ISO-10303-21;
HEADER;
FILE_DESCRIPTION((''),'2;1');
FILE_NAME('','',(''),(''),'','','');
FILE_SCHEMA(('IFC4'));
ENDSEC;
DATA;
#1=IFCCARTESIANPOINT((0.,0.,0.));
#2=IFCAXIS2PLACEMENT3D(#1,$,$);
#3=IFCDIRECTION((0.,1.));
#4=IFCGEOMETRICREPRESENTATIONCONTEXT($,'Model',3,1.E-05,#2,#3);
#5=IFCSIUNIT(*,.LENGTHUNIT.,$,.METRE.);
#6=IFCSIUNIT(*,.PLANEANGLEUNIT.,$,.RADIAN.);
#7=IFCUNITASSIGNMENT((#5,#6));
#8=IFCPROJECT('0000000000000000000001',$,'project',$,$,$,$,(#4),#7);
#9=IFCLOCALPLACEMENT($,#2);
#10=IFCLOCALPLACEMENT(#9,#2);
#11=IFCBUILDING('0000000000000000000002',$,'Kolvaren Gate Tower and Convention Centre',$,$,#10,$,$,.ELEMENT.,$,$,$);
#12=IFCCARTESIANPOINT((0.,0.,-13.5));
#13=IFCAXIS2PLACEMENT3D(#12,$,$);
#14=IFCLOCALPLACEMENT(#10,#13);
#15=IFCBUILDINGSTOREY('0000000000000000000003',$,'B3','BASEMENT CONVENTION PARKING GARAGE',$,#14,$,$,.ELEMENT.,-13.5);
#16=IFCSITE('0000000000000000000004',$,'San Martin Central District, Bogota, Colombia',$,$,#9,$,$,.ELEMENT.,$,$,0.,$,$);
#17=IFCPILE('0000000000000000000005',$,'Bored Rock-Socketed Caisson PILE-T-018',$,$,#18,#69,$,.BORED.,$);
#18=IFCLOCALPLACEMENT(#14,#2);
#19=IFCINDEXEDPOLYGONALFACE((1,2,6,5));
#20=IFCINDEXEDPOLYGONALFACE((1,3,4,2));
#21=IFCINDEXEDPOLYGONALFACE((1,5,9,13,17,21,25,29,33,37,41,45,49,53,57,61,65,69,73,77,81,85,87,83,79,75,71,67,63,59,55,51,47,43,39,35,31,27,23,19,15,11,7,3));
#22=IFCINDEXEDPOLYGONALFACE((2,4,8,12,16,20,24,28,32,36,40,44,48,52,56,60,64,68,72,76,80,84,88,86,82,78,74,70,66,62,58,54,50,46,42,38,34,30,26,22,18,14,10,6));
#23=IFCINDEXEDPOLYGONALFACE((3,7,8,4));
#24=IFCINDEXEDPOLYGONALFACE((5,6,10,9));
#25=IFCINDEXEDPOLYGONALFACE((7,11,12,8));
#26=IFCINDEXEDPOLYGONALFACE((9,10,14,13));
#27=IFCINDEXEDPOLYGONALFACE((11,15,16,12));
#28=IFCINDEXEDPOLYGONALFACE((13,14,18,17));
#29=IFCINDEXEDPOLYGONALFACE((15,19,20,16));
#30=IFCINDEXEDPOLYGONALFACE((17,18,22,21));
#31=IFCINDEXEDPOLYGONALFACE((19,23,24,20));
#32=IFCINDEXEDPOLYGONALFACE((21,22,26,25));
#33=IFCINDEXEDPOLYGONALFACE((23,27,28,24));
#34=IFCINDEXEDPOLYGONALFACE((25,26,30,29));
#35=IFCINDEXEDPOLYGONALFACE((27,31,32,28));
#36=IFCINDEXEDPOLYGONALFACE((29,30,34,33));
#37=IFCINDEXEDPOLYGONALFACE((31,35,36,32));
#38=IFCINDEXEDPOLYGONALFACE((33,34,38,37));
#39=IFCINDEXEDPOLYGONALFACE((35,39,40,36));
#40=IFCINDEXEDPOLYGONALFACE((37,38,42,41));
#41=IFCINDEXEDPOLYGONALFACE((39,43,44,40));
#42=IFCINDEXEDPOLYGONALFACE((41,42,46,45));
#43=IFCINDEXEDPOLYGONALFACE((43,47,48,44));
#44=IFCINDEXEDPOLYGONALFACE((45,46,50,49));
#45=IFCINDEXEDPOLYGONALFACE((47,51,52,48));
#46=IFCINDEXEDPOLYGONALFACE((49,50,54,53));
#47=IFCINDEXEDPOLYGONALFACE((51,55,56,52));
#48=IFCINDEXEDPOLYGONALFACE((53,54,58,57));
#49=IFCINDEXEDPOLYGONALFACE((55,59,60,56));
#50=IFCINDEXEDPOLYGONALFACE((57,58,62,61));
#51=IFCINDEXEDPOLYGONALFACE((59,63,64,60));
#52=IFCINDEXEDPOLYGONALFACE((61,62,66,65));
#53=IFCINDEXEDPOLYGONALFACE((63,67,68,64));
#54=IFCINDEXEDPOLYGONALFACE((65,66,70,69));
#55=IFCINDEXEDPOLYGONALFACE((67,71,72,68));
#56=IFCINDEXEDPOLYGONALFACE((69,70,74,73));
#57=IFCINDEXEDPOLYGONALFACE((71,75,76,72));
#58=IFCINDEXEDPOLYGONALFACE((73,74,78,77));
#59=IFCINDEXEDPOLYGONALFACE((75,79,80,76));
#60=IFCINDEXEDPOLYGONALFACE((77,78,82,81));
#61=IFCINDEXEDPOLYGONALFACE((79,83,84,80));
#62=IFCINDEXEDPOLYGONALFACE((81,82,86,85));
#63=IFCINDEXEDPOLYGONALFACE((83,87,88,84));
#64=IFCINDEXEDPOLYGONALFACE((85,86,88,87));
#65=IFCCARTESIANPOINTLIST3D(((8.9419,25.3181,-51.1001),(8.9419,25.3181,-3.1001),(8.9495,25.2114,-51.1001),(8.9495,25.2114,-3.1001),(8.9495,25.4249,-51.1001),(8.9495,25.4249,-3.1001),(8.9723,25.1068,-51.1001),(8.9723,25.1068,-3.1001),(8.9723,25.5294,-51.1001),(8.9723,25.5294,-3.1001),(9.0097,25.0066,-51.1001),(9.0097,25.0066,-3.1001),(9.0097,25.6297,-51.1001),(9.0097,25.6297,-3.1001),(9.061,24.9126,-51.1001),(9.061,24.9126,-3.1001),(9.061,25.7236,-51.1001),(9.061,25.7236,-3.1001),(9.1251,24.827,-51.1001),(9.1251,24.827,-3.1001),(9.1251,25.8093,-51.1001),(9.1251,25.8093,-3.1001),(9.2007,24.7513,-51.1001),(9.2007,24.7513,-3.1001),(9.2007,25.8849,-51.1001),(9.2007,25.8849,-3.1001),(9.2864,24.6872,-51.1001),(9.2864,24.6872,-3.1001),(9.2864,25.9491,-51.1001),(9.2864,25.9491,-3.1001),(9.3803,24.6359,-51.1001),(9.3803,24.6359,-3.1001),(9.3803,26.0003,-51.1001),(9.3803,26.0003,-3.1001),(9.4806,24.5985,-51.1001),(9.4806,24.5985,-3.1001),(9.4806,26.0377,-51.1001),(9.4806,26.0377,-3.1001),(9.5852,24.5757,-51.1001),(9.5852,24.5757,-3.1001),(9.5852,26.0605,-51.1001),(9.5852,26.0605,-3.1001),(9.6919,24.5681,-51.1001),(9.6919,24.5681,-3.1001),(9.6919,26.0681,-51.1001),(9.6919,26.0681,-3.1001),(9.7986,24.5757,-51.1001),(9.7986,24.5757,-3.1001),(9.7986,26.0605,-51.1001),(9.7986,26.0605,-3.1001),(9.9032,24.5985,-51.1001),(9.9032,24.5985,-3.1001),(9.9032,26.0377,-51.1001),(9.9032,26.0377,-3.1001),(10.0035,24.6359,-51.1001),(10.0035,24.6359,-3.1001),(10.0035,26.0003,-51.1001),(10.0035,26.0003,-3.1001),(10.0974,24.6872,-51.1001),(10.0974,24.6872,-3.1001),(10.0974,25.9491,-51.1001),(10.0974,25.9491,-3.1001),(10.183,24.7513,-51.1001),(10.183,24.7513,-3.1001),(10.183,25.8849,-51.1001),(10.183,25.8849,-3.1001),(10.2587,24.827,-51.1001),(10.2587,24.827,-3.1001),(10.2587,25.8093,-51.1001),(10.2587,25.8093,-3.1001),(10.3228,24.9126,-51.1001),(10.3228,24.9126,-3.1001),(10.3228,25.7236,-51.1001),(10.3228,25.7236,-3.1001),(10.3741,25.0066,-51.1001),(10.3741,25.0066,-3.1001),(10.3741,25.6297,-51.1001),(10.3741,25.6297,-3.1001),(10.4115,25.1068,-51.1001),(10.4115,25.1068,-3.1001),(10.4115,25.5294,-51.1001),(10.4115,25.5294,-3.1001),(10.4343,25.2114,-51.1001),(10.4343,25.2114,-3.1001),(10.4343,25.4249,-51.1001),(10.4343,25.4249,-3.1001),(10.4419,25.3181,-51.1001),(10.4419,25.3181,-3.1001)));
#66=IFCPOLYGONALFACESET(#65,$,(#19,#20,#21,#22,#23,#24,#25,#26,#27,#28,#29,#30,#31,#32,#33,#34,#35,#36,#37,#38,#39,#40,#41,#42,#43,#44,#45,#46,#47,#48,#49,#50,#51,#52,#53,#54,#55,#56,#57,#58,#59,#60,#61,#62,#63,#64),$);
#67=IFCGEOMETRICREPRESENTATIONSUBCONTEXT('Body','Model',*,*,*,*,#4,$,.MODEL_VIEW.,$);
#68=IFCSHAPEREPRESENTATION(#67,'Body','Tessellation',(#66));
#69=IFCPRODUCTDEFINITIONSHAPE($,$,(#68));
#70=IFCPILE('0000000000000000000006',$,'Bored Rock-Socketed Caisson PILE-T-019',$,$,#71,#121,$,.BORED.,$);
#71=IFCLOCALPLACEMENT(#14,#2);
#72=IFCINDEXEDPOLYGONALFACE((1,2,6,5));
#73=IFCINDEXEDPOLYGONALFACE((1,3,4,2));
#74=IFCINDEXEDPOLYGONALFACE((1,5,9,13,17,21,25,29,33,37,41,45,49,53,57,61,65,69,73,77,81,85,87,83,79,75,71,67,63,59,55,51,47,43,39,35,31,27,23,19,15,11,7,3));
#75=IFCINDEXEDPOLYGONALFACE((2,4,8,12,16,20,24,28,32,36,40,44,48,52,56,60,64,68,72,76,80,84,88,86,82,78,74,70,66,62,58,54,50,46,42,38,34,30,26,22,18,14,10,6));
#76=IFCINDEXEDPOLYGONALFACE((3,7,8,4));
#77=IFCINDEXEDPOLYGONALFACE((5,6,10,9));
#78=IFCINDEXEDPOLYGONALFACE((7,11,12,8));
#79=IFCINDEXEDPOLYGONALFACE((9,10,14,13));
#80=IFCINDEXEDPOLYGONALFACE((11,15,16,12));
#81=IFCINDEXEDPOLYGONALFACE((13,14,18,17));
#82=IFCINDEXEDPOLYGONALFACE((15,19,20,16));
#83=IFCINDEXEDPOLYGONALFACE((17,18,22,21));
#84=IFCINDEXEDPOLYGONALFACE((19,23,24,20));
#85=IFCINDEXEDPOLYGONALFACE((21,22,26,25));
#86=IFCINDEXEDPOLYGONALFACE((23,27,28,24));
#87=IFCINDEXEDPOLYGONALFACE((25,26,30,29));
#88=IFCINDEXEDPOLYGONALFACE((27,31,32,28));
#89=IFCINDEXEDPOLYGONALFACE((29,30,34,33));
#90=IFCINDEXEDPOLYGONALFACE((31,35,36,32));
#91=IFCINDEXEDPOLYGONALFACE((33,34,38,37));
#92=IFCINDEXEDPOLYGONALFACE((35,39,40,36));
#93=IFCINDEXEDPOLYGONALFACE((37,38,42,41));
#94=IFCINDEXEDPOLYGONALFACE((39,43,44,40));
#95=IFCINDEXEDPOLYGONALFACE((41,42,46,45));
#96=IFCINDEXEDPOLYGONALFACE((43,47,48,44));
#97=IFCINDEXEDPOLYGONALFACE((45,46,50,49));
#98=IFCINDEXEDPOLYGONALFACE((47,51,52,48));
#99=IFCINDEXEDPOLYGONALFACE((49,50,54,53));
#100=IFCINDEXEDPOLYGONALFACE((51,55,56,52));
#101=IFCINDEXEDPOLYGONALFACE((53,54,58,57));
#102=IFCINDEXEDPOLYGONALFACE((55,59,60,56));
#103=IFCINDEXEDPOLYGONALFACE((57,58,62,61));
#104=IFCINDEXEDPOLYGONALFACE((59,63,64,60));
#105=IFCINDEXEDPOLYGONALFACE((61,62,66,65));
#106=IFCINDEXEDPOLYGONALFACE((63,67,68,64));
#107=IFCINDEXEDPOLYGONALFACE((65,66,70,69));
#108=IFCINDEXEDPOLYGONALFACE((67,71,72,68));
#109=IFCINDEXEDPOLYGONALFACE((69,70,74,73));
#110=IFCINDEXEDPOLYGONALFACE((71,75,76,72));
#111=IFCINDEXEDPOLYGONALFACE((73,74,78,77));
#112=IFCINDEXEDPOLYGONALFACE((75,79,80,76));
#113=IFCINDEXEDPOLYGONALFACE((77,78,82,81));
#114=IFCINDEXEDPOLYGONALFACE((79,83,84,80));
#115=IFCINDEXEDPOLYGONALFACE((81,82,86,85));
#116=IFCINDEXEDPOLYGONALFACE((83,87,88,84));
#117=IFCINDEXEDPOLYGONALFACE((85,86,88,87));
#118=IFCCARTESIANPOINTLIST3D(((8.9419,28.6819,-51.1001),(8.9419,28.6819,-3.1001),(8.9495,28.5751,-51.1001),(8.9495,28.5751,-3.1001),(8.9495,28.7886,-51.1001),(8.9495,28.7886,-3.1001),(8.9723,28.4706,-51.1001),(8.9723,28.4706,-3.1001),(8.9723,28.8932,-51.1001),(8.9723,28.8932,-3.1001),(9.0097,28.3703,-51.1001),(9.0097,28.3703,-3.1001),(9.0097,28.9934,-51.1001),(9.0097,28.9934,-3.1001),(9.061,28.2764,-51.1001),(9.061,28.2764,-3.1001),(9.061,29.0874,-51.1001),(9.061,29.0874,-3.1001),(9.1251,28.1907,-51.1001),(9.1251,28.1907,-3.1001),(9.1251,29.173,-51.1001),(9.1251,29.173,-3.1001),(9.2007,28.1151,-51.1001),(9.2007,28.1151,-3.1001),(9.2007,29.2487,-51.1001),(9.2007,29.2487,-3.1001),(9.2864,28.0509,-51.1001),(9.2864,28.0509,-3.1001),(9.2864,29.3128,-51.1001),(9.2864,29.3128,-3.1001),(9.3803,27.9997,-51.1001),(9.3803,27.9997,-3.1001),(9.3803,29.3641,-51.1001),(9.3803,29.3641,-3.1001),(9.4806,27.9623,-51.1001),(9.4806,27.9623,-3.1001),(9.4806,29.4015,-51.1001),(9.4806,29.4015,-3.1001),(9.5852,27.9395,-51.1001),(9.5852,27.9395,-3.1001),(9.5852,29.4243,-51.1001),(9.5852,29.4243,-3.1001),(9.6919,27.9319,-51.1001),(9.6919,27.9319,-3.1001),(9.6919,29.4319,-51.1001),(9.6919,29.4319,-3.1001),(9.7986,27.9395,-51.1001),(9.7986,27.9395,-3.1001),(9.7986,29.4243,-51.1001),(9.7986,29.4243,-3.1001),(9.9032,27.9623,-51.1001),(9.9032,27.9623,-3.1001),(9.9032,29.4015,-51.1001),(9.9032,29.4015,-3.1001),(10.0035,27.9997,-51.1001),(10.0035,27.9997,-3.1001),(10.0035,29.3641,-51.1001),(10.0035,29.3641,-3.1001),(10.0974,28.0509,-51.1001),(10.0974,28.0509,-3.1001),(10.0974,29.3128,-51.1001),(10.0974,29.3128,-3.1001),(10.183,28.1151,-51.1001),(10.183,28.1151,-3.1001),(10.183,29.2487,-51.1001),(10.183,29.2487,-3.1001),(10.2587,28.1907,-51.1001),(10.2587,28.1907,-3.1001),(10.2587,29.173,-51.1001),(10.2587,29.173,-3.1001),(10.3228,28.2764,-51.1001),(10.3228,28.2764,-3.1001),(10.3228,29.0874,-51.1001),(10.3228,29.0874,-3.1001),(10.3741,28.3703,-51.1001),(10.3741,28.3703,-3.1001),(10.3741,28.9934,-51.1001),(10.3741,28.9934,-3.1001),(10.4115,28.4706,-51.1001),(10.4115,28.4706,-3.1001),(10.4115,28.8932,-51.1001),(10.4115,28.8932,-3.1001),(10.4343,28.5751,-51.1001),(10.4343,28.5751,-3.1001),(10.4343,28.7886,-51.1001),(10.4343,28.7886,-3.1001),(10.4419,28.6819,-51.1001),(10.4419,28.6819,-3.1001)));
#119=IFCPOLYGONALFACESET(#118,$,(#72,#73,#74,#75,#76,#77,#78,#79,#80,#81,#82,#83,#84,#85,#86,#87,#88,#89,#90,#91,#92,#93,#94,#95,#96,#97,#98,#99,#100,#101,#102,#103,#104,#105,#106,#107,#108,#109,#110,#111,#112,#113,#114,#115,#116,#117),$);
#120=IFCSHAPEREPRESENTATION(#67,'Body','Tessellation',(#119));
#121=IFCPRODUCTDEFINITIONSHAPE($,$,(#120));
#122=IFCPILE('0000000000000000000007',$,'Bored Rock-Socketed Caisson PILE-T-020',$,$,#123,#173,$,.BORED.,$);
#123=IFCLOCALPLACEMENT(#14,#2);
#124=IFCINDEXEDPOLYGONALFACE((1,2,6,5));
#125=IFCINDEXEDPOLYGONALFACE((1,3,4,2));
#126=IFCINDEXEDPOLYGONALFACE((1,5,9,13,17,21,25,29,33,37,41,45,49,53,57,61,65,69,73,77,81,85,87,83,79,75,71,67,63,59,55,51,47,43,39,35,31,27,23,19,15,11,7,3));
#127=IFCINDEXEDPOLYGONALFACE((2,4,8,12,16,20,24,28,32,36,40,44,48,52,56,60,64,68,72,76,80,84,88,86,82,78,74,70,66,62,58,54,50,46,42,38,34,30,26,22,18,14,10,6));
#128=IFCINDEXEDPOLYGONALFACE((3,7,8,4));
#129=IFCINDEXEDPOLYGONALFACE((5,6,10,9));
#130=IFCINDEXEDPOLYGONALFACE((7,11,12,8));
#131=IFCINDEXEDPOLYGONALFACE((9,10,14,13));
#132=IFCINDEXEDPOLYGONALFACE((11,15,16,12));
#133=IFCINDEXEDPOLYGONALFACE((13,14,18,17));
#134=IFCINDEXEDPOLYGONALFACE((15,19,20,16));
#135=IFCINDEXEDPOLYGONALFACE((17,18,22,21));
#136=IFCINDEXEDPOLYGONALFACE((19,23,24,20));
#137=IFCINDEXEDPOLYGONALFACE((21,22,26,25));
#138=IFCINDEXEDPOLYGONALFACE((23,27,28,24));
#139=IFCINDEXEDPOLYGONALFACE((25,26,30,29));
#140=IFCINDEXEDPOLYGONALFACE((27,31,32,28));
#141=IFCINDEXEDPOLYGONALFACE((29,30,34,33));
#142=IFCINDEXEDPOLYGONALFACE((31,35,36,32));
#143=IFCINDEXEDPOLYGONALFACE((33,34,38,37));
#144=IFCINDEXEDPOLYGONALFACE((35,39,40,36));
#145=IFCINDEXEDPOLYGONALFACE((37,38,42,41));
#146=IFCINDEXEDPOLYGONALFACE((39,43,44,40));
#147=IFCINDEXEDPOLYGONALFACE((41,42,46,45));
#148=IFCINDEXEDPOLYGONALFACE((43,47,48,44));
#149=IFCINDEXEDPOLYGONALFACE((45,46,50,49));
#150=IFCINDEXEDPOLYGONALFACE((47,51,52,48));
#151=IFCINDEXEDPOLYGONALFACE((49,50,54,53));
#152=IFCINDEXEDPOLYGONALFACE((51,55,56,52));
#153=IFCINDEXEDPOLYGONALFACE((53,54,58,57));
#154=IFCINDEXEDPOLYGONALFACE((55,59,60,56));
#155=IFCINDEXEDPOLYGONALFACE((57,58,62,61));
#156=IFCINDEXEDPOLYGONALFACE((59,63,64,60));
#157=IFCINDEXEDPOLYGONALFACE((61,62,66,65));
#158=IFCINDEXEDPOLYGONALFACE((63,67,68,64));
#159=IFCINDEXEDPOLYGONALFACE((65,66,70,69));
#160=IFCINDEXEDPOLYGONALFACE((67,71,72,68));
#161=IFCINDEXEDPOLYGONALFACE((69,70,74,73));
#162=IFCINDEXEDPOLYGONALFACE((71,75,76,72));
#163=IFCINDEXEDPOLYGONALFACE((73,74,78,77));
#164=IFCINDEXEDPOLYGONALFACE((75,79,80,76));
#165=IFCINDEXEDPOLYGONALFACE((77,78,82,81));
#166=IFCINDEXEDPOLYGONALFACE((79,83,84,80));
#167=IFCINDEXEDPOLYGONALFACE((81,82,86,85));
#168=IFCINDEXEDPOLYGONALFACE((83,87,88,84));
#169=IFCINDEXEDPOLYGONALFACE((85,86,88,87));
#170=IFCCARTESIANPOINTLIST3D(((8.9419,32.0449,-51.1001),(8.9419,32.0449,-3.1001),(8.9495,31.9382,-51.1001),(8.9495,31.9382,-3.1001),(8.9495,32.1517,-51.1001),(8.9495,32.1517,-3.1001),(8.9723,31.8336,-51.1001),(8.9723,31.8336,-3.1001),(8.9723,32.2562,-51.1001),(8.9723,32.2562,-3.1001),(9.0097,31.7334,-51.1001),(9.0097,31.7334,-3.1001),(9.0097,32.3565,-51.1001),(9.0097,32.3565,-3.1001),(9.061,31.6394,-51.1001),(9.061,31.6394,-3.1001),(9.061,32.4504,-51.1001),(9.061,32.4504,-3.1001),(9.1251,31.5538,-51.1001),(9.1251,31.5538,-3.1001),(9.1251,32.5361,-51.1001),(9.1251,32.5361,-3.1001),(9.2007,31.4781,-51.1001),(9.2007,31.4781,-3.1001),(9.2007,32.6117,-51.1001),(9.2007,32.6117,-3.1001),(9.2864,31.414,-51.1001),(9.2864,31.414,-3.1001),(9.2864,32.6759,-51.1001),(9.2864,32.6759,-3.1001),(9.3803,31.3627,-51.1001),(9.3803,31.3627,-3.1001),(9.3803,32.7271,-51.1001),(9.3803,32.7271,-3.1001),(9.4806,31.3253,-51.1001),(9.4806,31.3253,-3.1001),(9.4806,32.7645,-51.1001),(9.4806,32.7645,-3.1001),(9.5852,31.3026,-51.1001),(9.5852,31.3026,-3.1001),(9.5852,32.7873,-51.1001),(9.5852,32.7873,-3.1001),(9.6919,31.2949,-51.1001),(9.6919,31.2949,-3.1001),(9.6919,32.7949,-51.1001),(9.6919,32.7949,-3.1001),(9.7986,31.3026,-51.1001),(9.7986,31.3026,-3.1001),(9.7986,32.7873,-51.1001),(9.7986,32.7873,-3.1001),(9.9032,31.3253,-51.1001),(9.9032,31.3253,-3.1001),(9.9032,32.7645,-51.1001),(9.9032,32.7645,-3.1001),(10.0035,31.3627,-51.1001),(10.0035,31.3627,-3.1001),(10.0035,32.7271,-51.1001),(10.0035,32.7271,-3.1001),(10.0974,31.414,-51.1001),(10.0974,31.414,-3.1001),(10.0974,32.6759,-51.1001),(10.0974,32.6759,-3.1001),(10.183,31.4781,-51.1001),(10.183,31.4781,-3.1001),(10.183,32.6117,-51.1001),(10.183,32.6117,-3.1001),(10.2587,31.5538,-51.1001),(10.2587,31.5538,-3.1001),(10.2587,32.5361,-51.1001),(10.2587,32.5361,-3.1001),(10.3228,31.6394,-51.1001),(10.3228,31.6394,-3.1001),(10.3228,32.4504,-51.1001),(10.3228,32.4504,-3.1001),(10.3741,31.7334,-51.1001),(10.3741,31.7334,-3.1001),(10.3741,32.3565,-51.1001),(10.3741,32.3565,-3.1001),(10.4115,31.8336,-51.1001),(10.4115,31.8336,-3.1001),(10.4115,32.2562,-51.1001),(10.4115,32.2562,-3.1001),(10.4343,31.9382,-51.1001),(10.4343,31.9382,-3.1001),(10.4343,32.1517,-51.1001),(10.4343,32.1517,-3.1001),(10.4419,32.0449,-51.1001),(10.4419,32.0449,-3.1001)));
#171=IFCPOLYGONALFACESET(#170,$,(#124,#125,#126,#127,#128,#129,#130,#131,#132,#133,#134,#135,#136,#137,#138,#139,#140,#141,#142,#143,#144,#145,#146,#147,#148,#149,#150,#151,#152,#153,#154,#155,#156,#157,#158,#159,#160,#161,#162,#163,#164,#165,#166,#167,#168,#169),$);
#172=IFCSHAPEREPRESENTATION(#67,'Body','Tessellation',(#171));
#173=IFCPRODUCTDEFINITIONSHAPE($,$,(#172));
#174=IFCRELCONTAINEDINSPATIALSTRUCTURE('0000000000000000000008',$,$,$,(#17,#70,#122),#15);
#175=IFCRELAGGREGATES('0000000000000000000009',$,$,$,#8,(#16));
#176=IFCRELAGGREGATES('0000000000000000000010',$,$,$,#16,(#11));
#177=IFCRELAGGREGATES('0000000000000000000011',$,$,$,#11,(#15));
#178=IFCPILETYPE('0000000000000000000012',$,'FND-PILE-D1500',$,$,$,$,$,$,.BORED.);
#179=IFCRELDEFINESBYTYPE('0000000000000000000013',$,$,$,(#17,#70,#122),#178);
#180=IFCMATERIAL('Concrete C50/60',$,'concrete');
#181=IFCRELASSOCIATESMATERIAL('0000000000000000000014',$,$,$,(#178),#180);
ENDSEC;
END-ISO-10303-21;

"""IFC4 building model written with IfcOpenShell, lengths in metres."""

from ifc_helpers import new_model, si_unit, direction, frame, origin, origin_2d, place, context, subcontext, project, spatial, circle, extrude, material, material_profile, profile_set, type_object, element, save


model = new_model("IFC4")

# Units and contexts
model_context = context("Model", 3, precision=1e-05, world=origin(), true_north=direction((0.0, 1.0)))
body_context = subcontext(model_context, "Body", "Model", "MODEL_VIEW")
ifc_project = project(units=[si_unit("LENGTHUNIT", "METRE"), si_unit("PLANEANGLEUNIT", "RADIAN")], contexts=[model_context])

# Site, building, storey
site_placement = place(None, origin())
site = spatial("IfcSite", under=ifc_project, at=site_placement, Name="San Martin Central District, Bogota, Colombia", CompositionType="ELEMENT", RefElevation=0.0)
building_placement = place(site_placement, origin())
building = spatial("IfcBuilding", under=site, at=building_placement, Name="Kolvaren Gate Tower and Convention Centre", CompositionType="ELEMENT")
storey_placement = place(building_placement, frame((0.0, 0.0, -13.5)))
storey = spatial("IfcBuildingStorey", under=building, at=storey_placement, Name="B3", Description="BASEMENT CONVENTION PARKING GARAGE", CompositionType="ELEMENT", Elevation=-13.5)

# Piles
ifc_material_1 = material(Name="Concrete C50/60", Category="concrete")
ifc_material_profile_1 = material_profile(ifc_material_1, circle(Radius=0.75, at=origin_2d()), Name="CAISSON-D1500")
ifc_profile_set_1 = profile_set([ifc_material_profile_1], Name="Concrete C50/60")
pile_type = type_object("IfcPileType", Name="FND-PILE-D1500", PredefinedType="BORED", material=ifc_profile_set_1)
for number, where, z_axis, x_axis, name in (
    (1, (9.6919, 25.3181, -3.1001), (0.0, 0.0, -1.0), (1.0, 0.0, 0.0), "Bored Rock-Socketed Caisson PILE-T-018"),
    (2, (9.6919, 28.6819, -3.1001), (0.0, 0.0, -1.0), (1.0, 0.0, 0.0), "Bored Rock-Socketed Caisson PILE-T-019"),
    (3, (9.6919, 32.0449, -3.1001), (0.0, 0.0, -1.0), (1.0, 0.0, 0.0), "Bored Rock-Socketed Caisson PILE-T-020"),
):
    element("IfcPile", number, at=place(storey_placement, frame(where, z_axis=z_axis, x_axis=x_axis)), inside=storey, type_object=pile_type, Name=name, PredefinedType="BORED", context=body_context, shape_type="SweptSolid", body=[
        extrude(circle(Radius=0.75, at=origin_2d()), origin(), (0.0, 0.0, 1.0), 48.0),
    ])

save(model, "model.ifc")
